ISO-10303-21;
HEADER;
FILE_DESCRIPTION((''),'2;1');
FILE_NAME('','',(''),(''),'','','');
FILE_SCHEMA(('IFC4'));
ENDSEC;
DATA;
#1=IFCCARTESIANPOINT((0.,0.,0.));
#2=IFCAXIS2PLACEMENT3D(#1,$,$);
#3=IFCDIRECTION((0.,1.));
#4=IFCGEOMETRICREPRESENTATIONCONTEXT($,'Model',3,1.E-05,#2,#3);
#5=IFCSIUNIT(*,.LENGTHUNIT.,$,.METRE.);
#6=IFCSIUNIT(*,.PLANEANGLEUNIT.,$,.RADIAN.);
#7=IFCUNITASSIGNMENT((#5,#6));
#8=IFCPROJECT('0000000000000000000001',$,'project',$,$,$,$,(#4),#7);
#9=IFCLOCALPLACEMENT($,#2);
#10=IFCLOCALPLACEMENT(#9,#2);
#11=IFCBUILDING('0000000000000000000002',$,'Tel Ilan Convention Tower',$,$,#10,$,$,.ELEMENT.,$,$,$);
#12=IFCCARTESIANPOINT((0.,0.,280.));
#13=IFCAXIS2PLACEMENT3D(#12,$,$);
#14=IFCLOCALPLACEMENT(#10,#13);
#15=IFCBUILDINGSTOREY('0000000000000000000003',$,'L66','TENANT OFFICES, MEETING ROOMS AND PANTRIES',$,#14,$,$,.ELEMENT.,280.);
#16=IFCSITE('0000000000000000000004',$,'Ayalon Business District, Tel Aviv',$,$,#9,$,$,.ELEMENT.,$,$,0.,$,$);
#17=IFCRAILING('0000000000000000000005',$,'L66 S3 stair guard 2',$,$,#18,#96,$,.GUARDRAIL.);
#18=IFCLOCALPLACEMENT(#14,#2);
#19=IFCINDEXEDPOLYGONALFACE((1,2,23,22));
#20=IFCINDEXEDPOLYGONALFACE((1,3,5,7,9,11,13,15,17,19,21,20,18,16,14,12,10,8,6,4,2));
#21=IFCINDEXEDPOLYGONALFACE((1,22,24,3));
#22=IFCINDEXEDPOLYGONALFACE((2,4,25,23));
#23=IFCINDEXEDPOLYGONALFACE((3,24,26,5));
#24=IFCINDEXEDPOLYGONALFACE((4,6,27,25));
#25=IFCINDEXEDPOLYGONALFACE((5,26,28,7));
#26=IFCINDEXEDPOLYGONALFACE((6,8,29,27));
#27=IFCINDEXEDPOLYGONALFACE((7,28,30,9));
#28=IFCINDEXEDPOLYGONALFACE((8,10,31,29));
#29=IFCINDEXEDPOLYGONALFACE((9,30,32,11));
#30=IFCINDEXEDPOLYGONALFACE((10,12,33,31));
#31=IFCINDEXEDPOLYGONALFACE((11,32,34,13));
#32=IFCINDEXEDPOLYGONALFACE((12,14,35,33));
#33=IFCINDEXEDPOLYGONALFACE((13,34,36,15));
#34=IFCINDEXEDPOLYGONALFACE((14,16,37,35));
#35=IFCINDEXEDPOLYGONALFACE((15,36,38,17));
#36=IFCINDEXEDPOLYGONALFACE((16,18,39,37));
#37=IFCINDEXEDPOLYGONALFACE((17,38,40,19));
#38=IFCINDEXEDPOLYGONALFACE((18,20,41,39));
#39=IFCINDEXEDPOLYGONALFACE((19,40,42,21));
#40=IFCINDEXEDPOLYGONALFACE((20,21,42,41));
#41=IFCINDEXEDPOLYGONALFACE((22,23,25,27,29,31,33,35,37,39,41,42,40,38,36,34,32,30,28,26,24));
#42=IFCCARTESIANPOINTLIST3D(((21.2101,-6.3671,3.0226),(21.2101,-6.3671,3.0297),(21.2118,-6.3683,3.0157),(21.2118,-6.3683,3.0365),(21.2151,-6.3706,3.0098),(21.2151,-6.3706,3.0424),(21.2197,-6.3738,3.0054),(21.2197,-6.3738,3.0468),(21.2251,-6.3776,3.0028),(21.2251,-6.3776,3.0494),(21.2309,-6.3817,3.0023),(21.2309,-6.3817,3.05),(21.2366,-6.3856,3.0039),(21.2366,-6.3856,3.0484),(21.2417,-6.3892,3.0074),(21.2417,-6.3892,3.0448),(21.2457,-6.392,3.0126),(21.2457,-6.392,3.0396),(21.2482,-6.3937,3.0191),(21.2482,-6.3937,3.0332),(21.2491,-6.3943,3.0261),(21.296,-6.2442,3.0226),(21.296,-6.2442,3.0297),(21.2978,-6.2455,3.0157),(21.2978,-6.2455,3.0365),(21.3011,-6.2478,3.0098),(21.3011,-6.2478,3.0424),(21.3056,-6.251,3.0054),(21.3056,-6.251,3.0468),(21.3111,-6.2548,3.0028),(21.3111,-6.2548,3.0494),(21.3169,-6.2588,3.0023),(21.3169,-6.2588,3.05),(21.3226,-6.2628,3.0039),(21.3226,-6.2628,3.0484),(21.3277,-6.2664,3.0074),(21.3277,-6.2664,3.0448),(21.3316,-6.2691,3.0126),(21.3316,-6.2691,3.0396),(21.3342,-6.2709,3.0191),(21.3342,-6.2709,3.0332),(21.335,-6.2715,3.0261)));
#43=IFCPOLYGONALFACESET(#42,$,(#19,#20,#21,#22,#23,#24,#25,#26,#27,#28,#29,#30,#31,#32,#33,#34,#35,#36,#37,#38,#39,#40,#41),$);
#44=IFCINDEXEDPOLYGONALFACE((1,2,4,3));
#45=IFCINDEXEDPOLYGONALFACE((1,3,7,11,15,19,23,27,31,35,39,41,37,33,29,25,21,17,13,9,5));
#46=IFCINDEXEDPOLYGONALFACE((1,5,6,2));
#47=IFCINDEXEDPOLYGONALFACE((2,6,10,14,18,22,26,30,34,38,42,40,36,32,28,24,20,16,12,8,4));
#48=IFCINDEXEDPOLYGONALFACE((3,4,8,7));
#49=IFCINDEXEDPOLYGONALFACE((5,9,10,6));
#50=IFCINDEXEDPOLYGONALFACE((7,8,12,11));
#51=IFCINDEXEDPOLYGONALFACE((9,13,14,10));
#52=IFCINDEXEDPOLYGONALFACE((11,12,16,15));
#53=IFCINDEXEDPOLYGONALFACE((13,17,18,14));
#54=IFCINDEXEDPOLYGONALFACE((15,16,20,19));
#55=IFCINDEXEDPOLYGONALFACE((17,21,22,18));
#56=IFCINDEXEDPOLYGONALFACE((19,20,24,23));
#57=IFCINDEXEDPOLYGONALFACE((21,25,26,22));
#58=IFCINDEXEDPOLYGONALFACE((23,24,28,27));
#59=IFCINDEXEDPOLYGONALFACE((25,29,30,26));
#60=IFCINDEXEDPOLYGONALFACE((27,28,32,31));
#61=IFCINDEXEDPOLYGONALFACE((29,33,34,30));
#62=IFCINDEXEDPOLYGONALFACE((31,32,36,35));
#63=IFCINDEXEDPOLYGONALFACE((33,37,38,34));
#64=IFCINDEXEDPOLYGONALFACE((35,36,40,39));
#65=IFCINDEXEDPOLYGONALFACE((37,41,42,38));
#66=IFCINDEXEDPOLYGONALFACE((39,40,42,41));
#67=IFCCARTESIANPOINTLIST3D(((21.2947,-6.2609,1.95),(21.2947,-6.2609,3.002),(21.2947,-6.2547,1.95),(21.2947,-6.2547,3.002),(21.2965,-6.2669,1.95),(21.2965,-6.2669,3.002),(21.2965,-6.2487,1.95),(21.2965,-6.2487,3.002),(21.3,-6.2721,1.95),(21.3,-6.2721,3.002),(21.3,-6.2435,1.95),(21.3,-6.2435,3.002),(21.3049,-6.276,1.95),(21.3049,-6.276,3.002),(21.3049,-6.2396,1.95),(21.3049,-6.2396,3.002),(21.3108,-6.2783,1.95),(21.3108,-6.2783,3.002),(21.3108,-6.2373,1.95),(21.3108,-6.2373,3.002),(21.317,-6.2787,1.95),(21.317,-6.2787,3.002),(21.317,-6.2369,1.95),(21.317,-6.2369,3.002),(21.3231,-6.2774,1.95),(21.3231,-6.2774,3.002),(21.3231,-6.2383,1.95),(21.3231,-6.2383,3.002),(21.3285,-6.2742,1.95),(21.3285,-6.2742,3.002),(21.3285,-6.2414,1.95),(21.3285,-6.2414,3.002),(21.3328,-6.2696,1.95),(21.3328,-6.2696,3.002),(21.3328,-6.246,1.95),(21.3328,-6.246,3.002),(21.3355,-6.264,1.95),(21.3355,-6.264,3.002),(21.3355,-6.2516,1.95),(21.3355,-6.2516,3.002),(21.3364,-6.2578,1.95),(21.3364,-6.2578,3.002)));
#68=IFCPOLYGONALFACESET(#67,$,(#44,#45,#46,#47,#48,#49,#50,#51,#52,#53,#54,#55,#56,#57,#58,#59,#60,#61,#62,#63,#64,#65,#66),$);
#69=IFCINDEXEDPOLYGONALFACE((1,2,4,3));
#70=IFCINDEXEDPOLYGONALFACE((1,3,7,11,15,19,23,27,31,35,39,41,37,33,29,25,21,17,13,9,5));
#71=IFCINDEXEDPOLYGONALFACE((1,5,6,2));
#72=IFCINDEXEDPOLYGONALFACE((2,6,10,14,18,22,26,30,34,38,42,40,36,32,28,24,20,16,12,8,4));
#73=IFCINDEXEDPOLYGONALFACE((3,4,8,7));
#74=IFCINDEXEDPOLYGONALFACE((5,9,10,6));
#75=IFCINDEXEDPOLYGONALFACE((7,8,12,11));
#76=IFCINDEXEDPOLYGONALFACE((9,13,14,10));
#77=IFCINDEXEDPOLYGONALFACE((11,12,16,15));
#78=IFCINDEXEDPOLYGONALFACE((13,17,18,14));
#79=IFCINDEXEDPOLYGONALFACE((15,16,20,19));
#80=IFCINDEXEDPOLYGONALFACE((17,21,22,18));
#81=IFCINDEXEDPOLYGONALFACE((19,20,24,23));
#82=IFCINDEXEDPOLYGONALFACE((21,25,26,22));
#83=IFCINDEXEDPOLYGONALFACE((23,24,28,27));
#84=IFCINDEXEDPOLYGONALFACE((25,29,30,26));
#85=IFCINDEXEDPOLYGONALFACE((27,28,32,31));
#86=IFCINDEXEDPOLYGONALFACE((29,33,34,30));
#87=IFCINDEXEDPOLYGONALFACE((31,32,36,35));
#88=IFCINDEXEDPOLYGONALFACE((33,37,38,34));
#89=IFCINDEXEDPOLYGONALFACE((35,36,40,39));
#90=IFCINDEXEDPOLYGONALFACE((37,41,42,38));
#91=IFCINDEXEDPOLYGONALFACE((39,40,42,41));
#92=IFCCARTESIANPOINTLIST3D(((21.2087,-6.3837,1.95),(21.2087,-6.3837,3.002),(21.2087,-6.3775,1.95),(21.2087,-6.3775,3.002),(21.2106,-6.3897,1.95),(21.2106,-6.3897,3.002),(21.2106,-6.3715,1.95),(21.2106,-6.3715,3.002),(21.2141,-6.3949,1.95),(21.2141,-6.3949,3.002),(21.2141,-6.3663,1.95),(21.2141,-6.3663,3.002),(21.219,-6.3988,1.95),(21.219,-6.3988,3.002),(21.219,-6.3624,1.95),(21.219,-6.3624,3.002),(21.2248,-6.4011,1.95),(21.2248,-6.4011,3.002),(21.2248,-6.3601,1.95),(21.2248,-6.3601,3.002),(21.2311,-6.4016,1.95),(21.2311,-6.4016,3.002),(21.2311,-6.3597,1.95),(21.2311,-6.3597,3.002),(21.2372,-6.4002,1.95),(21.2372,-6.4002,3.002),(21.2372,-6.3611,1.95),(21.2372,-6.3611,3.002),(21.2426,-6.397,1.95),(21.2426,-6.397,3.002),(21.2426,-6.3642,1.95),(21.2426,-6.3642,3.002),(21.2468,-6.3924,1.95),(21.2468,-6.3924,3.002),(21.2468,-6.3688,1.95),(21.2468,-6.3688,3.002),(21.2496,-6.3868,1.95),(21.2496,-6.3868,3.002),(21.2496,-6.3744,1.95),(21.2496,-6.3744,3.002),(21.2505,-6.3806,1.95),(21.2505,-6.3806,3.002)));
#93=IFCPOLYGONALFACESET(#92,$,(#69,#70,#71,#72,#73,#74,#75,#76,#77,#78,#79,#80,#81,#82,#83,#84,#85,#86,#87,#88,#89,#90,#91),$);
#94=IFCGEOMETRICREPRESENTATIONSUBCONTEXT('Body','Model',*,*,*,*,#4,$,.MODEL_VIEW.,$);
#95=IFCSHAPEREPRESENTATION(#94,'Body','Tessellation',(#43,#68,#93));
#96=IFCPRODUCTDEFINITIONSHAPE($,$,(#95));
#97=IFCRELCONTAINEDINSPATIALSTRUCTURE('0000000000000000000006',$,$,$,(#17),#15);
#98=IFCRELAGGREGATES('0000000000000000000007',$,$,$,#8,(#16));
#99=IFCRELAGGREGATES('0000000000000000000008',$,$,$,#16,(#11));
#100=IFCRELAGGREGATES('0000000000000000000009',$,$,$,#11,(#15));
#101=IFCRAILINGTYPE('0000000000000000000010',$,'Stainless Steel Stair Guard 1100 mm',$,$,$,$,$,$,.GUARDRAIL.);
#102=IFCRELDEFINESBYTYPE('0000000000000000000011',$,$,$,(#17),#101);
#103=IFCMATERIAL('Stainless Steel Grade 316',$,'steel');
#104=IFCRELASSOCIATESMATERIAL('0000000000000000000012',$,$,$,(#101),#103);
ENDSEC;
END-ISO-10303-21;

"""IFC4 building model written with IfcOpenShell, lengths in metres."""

from ifc_helpers import new_model, si_unit, direction, frame, origin, origin_2d, place, context, subcontext, project, spatial, circle, extrude, material, type_object, element, save


model = new_model("IFC4")

# Units and contexts
model_context = context("Model", 3, precision=1e-05, world=origin(), true_north=direction((0.0, 1.0)))
body_context = subcontext(model_context, "Body", "Model", "MODEL_VIEW")
ifc_project = project(units=[si_unit("LENGTHUNIT", "METRE"), si_unit("PLANEANGLEUNIT", "RADIAN")], contexts=[model_context])

# Site, building, storey
site_placement = place(None, origin())
site = spatial("IfcSite", under=ifc_project, at=site_placement, Name="Ayalon Business District, Tel Aviv", CompositionType="ELEMENT", RefElevation=0.0)
building_placement = place(site_placement, origin())
building = spatial("IfcBuilding", under=site, at=building_placement, Name="Tel Ilan Convention Tower", CompositionType="ELEMENT")
storey_placement = place(building_placement, frame((0.0, 0.0, 280.0)))
storey = spatial("IfcBuildingStorey", under=building, at=storey_placement, Name="L66", Description="TENANT OFFICES, MEETING ROOMS AND PANTRIES", CompositionType="ELEMENT", Elevation=280.0)

# Railing
ifc_material_1 = material(Name="Stainless Steel Grade 316", Category="steel")
railing_type_1 = type_object("IfcRailingType", Name="Stainless Steel Stair Guard 1100 mm", PredefinedType="GUARDRAIL", material=ifc_material_1)
railing_1_placement = place(storey_placement, frame((21.3154, -6.2578, 1.95)))
element("IfcRailing", 1, at=railing_1_placement, inside=storey, type_object=railing_type_1, Name="L66 S3 stair guard 2", PredefinedType="GUARDRAIL", context=body_context, shape_type="SweptSolid", body=[
    extrude(circle(Radius=0.0239, at=origin_2d()), frame((0.0, 0.0, 1.0762), z_axis=(-0.573353, -0.819308, 0.0), x_axis=(0.819308, -0.573353, 0.0)), (0.0, 0.0, 1.0), 0.1499),
    extrude(circle(Radius=0.021, at=origin_2d()), origin(), (0.0, 0.0, 1.0), 1.052),
    extrude(circle(Radius=0.021, at=origin_2d()), frame((-0.0859, -0.1228, 0.0)), (0.0, 0.0, 1.0), 1.052),
])

save(model, "model.ifc")
